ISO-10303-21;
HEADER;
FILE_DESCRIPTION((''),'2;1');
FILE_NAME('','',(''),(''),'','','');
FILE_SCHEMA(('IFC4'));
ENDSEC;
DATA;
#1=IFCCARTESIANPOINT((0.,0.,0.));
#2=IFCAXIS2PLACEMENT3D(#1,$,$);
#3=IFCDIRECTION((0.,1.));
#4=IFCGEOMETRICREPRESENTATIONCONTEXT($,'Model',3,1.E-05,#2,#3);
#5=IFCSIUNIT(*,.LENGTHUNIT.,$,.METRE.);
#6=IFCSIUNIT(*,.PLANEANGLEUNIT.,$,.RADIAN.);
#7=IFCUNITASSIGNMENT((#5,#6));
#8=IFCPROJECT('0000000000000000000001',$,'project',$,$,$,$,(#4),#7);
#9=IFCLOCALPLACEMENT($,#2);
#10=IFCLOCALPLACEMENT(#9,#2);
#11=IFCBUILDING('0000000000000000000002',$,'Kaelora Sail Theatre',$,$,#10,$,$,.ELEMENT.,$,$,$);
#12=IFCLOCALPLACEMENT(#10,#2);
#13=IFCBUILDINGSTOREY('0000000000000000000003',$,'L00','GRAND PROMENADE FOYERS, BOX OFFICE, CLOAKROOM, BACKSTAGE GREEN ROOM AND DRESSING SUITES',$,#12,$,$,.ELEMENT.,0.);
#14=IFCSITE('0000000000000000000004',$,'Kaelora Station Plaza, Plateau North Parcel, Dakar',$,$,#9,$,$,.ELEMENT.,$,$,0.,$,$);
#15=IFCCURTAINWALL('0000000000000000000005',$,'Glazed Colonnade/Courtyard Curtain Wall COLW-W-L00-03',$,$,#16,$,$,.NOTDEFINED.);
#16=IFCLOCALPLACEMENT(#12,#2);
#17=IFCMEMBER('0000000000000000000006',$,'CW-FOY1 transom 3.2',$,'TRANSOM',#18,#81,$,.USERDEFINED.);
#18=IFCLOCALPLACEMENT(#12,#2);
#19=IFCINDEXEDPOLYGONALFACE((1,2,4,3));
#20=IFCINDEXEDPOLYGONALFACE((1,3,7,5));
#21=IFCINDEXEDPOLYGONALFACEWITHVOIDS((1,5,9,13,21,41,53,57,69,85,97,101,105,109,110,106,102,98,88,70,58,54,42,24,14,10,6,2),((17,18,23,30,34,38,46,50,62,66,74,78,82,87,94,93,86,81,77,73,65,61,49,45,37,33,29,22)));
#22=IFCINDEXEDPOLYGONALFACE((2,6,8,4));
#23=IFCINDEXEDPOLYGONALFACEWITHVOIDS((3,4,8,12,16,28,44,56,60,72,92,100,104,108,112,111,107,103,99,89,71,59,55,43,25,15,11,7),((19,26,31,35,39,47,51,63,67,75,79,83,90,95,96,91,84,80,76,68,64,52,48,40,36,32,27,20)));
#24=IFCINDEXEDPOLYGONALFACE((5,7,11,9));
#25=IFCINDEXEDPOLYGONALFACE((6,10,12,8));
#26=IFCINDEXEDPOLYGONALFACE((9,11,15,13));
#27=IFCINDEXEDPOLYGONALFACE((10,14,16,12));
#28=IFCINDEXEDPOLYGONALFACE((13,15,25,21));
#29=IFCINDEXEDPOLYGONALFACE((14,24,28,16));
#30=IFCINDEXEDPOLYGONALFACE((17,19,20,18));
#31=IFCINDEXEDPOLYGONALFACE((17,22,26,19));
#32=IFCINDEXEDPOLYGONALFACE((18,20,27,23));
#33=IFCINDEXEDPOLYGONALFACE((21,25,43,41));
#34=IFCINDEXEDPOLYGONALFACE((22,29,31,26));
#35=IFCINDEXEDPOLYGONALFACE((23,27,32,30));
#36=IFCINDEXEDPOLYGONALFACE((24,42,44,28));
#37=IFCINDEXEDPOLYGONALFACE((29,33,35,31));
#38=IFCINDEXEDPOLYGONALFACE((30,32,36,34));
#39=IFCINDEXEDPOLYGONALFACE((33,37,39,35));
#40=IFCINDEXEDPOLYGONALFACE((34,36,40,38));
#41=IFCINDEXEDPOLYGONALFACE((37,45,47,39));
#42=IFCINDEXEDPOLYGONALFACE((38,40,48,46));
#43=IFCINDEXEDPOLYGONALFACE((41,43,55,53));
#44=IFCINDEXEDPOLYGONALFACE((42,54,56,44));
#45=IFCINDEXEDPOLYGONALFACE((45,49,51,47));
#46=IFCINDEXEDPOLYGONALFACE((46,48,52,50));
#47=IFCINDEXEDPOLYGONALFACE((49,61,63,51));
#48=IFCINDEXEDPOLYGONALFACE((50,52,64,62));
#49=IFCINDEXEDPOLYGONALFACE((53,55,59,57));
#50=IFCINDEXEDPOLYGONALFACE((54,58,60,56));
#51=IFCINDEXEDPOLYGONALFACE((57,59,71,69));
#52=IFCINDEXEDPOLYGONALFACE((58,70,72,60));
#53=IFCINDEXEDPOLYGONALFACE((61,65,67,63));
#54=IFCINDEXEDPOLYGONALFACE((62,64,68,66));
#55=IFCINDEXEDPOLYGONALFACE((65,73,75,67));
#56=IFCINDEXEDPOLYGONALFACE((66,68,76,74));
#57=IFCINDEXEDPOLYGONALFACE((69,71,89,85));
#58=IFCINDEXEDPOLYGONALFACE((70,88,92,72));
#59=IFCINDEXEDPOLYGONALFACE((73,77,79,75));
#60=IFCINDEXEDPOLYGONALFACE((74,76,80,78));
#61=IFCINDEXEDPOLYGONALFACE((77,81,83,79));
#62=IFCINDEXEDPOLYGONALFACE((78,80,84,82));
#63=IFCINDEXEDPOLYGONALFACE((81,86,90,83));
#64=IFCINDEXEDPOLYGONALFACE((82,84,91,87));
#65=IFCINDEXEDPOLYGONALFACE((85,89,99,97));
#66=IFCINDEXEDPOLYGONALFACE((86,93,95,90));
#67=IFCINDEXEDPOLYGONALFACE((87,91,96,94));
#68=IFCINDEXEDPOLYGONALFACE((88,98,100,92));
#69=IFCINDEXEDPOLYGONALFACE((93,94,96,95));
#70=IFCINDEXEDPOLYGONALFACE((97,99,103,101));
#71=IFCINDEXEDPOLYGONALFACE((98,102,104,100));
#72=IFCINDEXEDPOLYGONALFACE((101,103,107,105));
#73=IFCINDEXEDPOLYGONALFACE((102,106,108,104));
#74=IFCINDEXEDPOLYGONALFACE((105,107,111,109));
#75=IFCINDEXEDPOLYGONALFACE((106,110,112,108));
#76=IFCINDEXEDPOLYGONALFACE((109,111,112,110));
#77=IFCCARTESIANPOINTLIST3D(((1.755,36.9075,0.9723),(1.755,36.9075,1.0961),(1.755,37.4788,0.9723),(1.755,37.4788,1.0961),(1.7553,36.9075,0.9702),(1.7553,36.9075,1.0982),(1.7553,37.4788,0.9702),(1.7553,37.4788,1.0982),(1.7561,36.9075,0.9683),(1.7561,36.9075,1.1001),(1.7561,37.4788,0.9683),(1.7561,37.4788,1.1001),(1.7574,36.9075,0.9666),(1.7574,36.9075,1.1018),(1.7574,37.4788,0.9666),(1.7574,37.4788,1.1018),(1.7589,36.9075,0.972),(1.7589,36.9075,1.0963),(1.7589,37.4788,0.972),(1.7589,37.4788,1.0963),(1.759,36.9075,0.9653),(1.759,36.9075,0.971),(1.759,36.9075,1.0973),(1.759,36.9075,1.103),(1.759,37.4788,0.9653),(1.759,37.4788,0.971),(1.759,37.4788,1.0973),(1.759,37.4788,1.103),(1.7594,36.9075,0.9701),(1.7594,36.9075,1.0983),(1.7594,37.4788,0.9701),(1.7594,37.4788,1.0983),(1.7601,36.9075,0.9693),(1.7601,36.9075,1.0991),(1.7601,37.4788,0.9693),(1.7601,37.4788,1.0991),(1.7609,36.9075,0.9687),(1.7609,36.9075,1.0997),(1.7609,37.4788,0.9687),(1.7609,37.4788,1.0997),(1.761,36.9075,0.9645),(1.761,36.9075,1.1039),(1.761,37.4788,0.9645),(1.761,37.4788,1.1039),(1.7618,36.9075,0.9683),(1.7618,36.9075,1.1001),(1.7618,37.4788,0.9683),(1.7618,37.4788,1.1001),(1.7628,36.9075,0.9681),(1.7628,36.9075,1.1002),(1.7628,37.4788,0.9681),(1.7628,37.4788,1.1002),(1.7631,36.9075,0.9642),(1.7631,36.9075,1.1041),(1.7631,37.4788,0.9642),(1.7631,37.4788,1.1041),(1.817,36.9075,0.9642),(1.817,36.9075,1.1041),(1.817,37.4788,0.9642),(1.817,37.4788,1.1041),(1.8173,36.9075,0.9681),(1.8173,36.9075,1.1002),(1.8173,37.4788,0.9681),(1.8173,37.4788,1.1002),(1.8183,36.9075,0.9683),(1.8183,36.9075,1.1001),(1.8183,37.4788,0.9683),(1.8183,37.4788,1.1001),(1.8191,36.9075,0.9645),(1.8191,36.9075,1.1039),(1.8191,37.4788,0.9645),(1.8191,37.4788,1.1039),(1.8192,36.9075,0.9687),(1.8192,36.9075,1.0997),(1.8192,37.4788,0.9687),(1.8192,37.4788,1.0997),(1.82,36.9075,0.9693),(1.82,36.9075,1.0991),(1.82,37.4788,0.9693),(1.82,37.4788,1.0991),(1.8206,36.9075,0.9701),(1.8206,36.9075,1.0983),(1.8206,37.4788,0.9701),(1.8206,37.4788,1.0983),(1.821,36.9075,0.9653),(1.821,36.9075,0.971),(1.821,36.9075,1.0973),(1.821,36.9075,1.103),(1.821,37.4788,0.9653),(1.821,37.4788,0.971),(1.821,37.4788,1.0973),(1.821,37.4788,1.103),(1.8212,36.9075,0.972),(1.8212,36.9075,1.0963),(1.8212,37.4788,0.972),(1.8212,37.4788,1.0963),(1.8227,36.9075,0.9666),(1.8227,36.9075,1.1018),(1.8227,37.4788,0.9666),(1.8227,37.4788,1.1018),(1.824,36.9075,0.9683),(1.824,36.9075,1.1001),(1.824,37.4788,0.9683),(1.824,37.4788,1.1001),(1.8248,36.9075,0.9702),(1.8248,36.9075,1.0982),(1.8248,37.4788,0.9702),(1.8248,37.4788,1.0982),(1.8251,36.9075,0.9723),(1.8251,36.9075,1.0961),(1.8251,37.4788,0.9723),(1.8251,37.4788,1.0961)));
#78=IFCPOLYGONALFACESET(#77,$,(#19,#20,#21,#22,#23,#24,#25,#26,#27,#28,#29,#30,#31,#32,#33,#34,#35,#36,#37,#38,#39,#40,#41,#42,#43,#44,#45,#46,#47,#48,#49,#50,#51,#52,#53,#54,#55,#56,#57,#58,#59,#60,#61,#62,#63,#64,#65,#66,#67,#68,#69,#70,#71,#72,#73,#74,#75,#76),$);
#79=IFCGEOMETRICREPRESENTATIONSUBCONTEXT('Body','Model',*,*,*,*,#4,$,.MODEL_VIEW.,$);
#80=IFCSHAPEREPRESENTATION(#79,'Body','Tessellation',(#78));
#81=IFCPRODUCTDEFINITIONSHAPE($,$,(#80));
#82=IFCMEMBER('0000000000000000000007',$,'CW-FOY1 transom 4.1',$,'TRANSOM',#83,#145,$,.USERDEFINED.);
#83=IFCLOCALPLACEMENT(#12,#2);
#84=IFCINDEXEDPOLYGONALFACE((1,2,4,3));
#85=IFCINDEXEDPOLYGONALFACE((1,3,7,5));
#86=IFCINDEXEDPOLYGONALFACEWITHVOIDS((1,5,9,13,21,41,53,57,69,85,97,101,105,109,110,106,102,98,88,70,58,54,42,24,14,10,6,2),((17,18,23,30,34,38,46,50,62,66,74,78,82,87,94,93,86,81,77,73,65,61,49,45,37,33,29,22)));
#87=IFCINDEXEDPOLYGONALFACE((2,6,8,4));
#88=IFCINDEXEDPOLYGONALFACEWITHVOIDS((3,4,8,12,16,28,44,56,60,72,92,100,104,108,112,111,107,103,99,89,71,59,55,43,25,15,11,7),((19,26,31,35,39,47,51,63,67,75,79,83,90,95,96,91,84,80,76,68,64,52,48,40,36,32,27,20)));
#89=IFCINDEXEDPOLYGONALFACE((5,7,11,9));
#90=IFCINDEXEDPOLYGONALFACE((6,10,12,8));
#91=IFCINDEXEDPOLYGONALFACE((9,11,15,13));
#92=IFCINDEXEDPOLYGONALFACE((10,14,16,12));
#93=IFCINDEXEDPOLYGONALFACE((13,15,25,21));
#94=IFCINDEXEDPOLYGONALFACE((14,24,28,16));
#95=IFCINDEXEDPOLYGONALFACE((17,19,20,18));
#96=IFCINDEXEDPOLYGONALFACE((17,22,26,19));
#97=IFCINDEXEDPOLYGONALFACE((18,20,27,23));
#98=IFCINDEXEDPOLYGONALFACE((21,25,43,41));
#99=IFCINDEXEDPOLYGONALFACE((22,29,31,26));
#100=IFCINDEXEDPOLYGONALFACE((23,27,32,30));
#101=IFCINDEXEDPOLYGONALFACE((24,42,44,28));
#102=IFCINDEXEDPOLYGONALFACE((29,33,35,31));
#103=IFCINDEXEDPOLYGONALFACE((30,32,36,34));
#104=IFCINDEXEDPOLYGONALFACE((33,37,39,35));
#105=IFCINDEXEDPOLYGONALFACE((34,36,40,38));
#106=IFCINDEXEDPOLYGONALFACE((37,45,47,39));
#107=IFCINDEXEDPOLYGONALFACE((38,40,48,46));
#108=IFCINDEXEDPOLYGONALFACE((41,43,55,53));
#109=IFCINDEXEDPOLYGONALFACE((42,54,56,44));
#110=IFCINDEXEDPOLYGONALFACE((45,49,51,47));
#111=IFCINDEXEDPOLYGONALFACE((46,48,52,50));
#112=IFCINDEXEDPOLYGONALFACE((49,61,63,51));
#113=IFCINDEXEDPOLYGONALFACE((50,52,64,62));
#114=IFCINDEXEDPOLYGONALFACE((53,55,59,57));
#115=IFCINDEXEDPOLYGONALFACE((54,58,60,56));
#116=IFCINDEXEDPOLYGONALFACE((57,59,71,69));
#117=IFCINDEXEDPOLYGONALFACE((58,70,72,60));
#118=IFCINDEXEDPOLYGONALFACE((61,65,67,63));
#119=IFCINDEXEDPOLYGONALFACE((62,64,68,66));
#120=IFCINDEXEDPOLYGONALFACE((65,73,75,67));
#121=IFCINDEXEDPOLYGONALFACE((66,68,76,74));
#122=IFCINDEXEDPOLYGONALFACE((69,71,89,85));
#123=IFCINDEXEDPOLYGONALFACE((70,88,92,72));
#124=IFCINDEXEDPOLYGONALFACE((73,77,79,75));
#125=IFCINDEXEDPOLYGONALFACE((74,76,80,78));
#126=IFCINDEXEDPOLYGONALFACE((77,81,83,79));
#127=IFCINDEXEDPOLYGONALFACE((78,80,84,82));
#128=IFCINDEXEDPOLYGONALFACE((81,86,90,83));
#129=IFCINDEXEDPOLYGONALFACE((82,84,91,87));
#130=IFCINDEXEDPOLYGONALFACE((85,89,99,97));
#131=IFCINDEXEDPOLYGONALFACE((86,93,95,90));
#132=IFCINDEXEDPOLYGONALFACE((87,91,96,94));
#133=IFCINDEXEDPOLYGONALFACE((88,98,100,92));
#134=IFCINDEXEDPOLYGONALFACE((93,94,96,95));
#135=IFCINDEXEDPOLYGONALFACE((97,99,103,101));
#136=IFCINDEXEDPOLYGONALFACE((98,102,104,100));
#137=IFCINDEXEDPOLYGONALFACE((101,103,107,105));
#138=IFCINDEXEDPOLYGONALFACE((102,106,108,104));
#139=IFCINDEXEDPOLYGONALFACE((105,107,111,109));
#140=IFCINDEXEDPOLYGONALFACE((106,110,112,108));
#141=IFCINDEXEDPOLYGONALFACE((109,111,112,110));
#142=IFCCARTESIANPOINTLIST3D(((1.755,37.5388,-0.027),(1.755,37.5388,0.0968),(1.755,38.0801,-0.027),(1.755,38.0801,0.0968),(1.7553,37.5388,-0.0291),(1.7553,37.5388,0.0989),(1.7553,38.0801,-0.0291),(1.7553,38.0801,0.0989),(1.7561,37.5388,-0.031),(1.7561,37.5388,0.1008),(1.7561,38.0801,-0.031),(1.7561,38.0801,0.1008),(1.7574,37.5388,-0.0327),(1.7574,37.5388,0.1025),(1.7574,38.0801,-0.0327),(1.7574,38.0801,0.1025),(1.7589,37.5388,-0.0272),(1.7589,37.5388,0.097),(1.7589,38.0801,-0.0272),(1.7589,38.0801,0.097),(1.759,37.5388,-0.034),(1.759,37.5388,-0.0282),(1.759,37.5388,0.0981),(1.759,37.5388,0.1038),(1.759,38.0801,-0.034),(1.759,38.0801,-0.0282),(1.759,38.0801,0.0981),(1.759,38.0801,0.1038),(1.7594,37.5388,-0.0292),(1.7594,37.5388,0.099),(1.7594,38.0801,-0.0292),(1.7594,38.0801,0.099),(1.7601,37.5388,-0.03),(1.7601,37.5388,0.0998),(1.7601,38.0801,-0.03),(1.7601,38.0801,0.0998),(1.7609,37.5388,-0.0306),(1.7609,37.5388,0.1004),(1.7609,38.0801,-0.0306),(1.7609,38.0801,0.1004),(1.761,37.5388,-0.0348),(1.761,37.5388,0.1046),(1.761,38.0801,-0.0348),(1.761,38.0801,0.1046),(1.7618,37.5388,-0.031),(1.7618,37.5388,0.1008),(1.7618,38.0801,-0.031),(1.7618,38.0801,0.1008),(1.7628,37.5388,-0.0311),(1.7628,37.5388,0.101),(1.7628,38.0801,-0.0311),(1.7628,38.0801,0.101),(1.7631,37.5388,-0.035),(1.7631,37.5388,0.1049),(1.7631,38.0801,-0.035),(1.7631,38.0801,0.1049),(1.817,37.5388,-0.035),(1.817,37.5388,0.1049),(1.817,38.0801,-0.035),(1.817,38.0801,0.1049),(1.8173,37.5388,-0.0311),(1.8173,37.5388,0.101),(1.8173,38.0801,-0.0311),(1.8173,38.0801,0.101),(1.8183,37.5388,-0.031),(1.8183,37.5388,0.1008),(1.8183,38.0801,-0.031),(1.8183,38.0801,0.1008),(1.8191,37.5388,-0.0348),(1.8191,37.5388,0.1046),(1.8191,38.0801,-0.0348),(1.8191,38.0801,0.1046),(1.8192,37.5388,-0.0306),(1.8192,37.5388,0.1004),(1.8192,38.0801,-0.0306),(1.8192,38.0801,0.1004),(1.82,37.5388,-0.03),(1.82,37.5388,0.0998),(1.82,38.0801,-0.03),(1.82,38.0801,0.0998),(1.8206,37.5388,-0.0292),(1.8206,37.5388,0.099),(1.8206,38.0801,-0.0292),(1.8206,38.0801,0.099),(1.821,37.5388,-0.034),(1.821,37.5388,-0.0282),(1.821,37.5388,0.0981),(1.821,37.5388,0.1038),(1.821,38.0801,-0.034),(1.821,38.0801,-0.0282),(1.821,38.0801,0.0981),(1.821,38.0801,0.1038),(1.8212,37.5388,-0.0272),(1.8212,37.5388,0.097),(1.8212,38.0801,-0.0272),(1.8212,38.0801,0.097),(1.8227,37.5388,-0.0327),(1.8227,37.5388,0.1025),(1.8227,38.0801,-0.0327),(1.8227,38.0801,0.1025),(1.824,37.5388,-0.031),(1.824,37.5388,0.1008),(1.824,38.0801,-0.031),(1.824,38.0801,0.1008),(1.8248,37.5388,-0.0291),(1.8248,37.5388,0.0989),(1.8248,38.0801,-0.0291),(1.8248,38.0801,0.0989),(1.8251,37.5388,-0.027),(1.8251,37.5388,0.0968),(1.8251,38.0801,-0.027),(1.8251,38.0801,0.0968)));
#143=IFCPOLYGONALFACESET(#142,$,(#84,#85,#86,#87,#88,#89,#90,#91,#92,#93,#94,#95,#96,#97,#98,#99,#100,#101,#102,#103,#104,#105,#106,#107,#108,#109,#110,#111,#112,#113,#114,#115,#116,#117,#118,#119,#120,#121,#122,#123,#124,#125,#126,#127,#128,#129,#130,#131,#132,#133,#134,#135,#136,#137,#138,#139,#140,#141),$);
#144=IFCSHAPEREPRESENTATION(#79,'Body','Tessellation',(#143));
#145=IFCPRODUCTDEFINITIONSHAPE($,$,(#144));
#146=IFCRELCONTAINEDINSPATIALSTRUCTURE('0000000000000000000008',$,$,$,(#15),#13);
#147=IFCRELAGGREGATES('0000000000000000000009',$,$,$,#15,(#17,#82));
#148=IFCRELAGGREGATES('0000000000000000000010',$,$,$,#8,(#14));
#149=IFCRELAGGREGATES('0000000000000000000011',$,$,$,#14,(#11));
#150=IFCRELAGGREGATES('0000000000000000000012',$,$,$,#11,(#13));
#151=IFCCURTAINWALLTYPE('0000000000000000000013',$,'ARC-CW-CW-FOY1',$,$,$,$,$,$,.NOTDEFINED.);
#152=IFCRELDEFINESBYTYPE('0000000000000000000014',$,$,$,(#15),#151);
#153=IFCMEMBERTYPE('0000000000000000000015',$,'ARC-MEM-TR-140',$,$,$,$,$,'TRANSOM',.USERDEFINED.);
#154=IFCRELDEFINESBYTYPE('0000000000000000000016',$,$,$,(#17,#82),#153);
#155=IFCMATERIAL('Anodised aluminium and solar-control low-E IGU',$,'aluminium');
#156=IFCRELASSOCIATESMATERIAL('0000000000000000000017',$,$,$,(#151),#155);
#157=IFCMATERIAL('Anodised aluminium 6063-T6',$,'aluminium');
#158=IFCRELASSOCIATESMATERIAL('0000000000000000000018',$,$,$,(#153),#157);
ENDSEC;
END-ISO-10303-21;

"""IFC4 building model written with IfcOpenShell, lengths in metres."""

from ifc_helpers import new_model, si_unit, direction, frame, origin, origin_2d, place, context, subcontext, project, spatial, hollow_rectangle, extrude, material, material_profile, profile_set, type_object, element, aggregate, save


model = new_model("IFC4")

# Units and contexts
model_context = context("Model", 3, precision=1e-05, world=origin(), true_north=direction((0.0, 1.0)))
body_context = subcontext(model_context, "Body", "Model", "MODEL_VIEW")
ifc_project = project(units=[si_unit("LENGTHUNIT", "METRE"), si_unit("PLANEANGLEUNIT", "RADIAN")], contexts=[model_context])

# Site, building, storey
site_placement = place(None, origin())
site = spatial("IfcSite", under=ifc_project, at=site_placement, Name="Kaelora Station Plaza, Plateau North Parcel, Dakar", CompositionType="ELEMENT", RefElevation=0.0)
building_placement = place(site_placement, origin())
building = spatial("IfcBuilding", under=site, at=building_placement, Name="Kaelora Sail Theatre", CompositionType="ELEMENT")
storey_placement = place(building_placement, origin())
storey = spatial("IfcBuildingStorey", under=building, at=storey_placement, Name="L00", Description="GRAND PROMENADE FOYERS, BOX OFFICE, CLOAKROOM, BACKSTAGE GREEN ROOM AND DRESSING SUITES", CompositionType="ELEMENT", Elevation=0.0)

# Curtain wall
ifc_material_1 = material(Name="Anodised aluminium and solar-control low-E IGU", Category="aluminium")
curtain_wall_type = type_object("IfcCurtainWallType", Name="ARC-CW-CW-FOY1", PredefinedType="NOTDEFINED", material=ifc_material_1)
curtain_wall_1_placement = place(storey_placement, origin())
curtain_wall_1 = element("IfcCurtainWall", 1, at=curtain_wall_1_placement, inside=storey, type_object=curtain_wall_type, Name="Glazed Colonnade/Courtyard Curtain Wall COLW-W-L00-03", PredefinedType="NOTDEFINED")

# Members
ifc_material_2 = material(Name="Anodised aluminium 6063-T6", Category="aluminium")
ifc_material_profile_1 = material_profile(ifc_material_2, hollow_rectangle(XDim=0.0701, YDim=0.1399, WallThickness=0.0039, InnerFilletRadius=0.0039, OuterFilletRadius=0.0081, at=origin_2d()), Name="ALU-TRAN 70x140x4")
ifc_profile_set_1 = profile_set([ifc_material_profile_1], Name="Anodised aluminium 6063-T6")
member_type_1 = type_object("IfcMemberType", Name="ARC-MEM-TR-140", ElementType="TRANSOM", PredefinedType="USERDEFINED", material=ifc_profile_set_1)
member_1_placement = place(storey_placement, frame((1.79, 36.9075, 1.0342), z_axis=(0.0, 1.0, 0.0), x_axis=(-1.0, 0.0, 0.0)))
member_1 = element("IfcMember", 2, at=member_1_placement, type_object=member_type_1, Name="CW-FOY1 transom 3.2", ObjectType="TRANSOM", PredefinedType="USERDEFINED", context=body_context, shape_type="SweptSolid", body=[
    extrude(hollow_rectangle(XDim=0.0701, YDim=0.1399, WallThickness=0.0039, InnerFilletRadius=0.0039, OuterFilletRadius=0.0081, at=origin_2d()), origin(), (0.0, 0.0, 1.0), 0.5713),
])
member_2_placement = place(storey_placement, frame((1.79, 37.5388, 0.0349), z_axis=(0.0, 1.0, 0.0), x_axis=(-1.0, 0.0, 0.0)))
member_2 = element("IfcMember", 3, at=member_2_placement, type_object=member_type_1, Name="CW-FOY1 transom 4.1", ObjectType="TRANSOM", PredefinedType="USERDEFINED", context=body_context, shape_type="SweptSolid", body=[
    extrude(hollow_rectangle(XDim=0.0701, YDim=0.1399, WallThickness=0.0039, InnerFilletRadius=0.0039, OuterFilletRadius=0.0081, at=origin_2d()), origin(), (0.0, 0.0, 1.0), 0.5413),
])

aggregate(curtain_wall_1, [member_1, member_2])

save(model, "model.ifc")
